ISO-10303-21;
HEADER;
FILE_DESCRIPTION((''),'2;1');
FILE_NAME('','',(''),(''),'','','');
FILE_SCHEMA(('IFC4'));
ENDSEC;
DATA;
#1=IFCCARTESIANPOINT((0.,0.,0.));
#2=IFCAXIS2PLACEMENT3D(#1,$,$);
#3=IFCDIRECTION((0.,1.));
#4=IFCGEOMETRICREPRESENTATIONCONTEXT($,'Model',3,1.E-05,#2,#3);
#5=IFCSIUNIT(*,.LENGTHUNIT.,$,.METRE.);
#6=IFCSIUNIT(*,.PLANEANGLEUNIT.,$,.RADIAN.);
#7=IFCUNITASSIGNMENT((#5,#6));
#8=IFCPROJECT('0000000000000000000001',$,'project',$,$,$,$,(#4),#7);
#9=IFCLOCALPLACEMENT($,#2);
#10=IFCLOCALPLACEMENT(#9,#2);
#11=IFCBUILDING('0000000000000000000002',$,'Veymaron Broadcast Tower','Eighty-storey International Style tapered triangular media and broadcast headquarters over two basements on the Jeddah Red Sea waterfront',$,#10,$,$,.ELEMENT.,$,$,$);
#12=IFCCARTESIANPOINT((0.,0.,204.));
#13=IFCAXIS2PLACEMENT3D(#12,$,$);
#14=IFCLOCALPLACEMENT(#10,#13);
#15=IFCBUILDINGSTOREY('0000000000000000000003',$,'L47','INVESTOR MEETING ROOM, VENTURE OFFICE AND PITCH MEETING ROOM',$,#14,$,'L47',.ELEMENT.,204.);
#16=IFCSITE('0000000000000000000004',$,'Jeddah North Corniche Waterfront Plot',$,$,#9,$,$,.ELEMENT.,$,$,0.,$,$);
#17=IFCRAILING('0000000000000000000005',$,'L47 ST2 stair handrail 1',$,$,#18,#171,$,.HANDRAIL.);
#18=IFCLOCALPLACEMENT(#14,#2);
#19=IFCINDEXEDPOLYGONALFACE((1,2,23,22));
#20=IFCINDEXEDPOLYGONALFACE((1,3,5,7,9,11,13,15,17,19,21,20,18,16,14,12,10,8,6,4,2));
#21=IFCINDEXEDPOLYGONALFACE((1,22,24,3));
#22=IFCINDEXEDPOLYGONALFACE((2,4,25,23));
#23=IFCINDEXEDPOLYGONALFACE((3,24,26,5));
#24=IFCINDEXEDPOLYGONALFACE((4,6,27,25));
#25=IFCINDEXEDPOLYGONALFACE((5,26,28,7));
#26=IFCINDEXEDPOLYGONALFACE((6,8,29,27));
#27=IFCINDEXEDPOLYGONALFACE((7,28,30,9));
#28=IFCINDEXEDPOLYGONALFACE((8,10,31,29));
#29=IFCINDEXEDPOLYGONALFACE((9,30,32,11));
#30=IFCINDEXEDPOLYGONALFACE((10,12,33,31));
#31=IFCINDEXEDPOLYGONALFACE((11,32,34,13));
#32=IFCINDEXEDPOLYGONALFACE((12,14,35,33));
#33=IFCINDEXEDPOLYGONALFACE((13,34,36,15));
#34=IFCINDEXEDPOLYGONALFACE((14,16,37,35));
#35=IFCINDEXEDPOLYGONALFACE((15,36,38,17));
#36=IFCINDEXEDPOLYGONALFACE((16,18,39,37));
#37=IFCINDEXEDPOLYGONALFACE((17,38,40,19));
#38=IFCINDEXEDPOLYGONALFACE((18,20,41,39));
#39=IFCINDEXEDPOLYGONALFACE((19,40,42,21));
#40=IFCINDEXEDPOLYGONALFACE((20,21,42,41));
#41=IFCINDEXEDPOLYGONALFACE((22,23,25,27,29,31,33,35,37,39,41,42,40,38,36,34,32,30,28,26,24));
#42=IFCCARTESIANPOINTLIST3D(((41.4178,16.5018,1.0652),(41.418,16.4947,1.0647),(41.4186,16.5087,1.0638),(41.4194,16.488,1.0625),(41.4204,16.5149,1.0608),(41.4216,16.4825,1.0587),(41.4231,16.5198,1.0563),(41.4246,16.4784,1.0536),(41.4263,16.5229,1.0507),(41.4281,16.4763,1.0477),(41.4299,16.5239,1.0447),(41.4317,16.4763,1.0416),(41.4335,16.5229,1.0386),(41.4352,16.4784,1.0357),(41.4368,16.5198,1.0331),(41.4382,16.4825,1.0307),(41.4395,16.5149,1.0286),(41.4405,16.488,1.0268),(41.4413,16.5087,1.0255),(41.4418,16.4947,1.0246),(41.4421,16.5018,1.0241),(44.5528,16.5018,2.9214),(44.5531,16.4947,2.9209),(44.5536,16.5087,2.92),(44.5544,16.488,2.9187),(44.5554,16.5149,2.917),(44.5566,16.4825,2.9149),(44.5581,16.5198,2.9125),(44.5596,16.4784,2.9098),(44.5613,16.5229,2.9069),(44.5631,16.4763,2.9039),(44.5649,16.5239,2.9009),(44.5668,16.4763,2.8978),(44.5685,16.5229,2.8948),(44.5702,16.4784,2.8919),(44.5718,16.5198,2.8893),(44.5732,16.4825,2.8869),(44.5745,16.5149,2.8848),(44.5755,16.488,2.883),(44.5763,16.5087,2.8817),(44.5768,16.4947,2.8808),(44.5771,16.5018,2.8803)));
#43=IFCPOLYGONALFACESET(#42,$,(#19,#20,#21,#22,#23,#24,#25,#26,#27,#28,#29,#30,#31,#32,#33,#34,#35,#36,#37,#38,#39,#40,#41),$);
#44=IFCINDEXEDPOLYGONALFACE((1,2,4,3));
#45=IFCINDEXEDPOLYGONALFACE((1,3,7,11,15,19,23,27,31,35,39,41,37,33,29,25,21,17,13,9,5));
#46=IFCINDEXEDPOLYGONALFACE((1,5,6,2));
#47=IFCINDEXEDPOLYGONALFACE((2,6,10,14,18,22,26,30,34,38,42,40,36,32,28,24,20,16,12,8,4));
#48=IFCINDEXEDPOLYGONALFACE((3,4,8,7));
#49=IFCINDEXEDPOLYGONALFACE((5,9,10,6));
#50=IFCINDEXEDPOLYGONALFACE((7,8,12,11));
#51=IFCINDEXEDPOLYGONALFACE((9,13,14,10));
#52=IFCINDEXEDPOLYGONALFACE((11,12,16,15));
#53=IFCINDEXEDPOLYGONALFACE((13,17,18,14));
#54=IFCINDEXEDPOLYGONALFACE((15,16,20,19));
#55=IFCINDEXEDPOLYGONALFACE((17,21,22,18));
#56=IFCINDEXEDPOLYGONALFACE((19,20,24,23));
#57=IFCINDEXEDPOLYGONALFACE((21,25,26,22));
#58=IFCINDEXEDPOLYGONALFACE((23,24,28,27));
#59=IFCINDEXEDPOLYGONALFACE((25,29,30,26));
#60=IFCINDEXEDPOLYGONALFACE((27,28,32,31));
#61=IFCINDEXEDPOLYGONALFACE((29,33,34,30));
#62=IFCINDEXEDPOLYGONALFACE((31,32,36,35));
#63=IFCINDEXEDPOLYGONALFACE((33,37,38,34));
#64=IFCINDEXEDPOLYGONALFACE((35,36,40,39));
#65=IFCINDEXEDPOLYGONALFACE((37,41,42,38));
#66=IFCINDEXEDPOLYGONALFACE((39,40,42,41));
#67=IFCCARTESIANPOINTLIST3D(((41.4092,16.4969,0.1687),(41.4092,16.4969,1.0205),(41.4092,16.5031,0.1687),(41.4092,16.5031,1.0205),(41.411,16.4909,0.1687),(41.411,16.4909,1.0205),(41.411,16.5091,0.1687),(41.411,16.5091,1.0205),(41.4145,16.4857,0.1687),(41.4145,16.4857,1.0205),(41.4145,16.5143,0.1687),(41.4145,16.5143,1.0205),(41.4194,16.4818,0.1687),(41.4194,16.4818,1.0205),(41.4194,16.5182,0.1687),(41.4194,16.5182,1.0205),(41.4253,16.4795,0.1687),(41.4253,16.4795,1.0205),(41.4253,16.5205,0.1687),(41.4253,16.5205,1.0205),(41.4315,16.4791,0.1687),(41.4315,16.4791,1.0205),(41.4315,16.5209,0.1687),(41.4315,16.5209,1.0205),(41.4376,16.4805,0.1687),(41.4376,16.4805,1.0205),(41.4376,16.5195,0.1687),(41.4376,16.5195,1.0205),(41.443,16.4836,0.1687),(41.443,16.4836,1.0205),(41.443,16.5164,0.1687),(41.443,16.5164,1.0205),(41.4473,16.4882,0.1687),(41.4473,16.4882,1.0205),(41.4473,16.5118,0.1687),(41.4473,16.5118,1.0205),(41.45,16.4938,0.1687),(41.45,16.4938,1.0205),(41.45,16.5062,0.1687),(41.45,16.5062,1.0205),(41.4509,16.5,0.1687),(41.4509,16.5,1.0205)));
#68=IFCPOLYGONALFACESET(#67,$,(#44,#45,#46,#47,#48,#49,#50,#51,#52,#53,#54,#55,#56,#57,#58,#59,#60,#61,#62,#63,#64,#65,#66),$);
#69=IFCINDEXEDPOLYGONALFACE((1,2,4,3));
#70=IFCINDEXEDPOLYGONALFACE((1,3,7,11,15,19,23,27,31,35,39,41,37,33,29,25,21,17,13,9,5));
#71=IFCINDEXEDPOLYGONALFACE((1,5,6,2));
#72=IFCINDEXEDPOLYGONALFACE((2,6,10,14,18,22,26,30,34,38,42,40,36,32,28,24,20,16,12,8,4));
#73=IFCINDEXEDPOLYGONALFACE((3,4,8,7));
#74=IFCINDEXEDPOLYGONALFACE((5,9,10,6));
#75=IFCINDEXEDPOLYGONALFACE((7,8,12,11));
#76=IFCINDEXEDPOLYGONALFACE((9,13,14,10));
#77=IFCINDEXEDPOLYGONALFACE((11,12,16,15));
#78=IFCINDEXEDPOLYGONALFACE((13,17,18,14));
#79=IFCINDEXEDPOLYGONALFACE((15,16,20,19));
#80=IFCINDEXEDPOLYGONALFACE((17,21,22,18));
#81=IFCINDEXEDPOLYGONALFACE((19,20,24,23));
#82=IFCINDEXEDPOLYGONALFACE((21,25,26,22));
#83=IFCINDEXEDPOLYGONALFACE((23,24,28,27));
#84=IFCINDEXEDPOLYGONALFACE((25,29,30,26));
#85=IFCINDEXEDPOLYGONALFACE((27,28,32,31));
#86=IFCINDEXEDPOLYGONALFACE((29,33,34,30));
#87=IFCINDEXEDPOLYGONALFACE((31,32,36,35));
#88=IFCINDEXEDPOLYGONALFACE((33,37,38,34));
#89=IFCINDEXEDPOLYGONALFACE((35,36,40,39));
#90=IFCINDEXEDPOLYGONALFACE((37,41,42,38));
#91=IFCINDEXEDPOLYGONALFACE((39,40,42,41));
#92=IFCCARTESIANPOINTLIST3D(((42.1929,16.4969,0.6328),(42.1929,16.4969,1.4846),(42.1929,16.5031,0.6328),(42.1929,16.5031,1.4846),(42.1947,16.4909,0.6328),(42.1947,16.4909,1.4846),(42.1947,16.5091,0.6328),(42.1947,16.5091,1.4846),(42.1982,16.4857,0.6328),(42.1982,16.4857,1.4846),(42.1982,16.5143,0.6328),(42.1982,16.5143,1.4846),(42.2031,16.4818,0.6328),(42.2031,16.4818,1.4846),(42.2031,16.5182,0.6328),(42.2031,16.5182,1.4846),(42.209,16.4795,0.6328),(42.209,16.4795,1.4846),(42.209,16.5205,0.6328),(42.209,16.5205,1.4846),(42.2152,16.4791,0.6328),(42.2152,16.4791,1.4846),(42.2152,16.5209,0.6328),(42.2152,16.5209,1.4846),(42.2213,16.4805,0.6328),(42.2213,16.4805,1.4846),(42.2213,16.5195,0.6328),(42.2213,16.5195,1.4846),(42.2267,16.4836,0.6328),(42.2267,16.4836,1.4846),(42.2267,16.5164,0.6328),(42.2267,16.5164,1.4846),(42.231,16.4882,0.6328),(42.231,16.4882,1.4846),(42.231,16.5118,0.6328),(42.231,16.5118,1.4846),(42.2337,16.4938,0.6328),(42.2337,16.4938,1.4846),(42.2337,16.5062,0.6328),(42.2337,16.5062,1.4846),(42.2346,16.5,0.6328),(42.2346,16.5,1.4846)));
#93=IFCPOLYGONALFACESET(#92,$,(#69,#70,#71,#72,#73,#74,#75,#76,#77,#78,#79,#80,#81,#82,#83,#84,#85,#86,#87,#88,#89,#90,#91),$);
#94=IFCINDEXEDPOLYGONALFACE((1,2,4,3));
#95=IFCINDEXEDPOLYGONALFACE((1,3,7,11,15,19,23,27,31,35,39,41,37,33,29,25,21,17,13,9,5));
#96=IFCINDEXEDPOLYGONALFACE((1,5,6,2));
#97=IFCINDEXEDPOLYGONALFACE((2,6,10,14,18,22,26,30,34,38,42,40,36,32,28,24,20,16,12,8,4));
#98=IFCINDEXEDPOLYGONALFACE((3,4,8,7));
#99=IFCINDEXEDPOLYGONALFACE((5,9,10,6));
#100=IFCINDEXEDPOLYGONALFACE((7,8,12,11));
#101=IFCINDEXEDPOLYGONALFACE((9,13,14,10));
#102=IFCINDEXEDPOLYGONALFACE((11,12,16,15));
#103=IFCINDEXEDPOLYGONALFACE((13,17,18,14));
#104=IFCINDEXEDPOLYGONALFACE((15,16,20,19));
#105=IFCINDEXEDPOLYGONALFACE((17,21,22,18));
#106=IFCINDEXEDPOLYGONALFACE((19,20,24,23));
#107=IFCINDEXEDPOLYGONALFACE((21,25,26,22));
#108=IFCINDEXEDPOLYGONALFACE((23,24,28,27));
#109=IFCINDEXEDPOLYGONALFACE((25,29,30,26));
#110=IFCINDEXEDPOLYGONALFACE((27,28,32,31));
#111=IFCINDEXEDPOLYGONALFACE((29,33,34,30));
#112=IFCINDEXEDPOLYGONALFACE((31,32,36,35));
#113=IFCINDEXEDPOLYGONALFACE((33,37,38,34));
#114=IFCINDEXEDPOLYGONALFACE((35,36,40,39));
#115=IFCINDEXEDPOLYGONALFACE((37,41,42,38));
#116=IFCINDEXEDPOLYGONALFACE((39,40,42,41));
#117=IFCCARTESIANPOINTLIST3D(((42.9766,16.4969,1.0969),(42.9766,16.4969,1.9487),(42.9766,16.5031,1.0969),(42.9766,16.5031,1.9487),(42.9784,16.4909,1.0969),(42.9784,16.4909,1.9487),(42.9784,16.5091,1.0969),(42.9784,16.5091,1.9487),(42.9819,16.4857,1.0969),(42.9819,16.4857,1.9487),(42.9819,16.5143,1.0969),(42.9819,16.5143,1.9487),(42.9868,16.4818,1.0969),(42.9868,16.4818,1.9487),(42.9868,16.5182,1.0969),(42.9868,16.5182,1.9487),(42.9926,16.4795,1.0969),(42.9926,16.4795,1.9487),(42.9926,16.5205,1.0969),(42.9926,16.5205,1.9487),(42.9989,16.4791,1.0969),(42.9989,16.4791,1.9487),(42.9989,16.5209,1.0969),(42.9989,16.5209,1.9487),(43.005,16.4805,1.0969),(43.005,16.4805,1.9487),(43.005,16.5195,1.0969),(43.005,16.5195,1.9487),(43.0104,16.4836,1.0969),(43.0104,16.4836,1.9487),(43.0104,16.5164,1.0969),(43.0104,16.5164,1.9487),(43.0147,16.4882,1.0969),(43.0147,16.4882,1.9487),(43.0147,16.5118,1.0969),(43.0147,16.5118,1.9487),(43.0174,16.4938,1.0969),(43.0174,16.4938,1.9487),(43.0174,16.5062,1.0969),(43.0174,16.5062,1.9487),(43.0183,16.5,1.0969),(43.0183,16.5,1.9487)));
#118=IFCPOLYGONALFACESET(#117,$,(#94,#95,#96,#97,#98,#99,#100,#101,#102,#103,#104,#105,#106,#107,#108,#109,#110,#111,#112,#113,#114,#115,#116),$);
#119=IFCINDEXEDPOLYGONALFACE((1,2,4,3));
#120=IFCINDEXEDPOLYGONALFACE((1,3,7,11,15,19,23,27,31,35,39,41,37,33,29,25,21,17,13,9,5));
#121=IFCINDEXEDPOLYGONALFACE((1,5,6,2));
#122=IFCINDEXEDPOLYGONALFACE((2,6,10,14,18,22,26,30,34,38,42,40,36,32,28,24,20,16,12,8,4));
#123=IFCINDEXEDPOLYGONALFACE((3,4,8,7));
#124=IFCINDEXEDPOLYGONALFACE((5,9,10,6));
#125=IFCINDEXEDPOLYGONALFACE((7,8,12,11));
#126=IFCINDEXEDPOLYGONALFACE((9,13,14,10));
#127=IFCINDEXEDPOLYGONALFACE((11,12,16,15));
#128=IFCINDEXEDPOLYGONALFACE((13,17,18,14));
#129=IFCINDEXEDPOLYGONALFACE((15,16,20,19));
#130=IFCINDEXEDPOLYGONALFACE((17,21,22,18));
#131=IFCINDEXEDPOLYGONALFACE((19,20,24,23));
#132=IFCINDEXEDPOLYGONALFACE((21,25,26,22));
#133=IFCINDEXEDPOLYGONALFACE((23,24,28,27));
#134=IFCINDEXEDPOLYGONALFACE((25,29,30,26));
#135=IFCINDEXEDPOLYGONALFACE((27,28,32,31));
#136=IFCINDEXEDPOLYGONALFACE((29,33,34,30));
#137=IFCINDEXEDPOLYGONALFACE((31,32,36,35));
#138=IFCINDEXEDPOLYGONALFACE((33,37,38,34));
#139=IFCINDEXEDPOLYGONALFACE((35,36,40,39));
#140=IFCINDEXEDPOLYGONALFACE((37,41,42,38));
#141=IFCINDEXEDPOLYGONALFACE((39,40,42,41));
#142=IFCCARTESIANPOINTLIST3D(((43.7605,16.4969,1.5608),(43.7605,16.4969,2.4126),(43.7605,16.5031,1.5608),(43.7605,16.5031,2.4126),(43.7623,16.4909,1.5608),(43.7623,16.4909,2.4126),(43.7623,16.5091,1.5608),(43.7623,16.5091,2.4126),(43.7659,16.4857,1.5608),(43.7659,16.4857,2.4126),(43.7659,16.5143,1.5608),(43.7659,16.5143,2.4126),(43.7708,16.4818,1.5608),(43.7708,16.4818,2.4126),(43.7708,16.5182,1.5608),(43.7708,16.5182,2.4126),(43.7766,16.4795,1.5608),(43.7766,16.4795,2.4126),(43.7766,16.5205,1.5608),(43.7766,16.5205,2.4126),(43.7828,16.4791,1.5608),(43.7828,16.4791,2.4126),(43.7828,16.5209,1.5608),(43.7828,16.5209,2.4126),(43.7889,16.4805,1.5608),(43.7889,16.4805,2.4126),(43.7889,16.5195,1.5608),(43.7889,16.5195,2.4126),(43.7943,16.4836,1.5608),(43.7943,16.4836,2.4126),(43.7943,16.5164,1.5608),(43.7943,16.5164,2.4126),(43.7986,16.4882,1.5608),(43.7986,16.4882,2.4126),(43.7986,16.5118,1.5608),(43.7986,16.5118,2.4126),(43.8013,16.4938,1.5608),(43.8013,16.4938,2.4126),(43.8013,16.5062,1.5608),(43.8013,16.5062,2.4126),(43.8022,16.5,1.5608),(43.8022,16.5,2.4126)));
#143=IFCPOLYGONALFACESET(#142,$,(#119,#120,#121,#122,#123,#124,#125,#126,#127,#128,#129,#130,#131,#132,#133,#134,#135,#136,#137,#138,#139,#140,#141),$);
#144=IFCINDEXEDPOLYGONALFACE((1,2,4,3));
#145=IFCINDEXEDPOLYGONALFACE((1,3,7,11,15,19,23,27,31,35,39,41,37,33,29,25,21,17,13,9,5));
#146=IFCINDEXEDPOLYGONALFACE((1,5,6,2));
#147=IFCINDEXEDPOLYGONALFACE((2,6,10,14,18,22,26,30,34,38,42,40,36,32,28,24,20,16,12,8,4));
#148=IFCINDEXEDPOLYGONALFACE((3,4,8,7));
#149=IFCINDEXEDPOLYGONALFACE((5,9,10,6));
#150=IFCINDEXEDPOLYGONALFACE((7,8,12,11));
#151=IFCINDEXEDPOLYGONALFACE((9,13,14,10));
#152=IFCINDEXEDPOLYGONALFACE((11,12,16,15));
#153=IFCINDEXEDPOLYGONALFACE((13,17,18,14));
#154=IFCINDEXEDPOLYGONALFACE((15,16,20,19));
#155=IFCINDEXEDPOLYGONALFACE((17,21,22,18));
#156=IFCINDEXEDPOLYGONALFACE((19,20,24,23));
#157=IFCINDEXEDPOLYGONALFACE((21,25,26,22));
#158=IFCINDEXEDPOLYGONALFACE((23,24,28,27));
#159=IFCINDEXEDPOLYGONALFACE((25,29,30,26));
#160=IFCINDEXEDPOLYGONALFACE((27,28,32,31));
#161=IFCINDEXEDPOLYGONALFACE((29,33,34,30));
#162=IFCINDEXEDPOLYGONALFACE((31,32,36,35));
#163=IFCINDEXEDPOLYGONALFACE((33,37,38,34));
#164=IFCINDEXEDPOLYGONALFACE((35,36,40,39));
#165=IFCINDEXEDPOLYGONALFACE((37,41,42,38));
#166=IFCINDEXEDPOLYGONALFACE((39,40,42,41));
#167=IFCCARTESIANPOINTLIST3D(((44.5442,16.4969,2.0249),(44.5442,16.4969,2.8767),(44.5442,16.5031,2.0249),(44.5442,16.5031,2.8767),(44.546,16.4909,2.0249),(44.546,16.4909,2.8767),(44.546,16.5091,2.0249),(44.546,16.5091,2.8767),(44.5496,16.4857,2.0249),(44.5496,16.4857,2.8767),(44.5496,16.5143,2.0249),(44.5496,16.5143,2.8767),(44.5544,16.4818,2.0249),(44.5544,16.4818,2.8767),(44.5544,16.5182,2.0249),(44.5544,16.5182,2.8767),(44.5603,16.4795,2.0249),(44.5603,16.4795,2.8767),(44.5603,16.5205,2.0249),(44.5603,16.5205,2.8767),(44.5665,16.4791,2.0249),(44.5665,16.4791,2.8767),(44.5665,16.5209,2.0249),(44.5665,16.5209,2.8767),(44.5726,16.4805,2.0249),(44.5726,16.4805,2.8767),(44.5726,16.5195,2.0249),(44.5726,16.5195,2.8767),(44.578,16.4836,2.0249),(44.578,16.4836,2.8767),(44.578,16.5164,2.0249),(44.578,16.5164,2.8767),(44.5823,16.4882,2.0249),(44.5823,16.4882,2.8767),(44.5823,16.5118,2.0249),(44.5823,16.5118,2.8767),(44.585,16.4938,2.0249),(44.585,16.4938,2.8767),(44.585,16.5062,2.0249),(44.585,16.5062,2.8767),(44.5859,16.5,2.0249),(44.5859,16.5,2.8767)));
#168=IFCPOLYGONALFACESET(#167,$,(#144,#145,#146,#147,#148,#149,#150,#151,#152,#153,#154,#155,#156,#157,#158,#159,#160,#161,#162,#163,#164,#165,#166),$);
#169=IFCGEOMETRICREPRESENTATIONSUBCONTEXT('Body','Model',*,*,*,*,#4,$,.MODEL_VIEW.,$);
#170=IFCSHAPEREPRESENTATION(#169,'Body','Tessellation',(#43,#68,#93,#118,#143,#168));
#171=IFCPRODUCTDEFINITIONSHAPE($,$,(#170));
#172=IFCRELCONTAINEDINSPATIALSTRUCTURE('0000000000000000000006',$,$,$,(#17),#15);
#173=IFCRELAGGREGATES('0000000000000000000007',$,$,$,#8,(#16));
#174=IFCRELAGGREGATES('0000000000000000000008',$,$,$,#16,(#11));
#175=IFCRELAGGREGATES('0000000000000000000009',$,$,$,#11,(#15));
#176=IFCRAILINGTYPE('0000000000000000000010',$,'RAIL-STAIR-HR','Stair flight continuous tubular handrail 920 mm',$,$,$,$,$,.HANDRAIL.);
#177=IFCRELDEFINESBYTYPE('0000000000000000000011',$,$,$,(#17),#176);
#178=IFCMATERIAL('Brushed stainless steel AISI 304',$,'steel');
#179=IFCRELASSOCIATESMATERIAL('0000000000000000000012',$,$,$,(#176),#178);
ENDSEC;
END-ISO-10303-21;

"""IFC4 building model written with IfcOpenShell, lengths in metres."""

from ifc_helpers import new_model, si_unit, direction, frame, origin, origin_2d, place, context, subcontext, project, spatial, circle, extrude, material, type_object, element, save


model = new_model("IFC4")

# Units and contexts
model_context = context("Model", 3, precision=1e-05, world=origin(), true_north=direction((0.0, 1.0)))
body_context = subcontext(model_context, "Body", "Model", "MODEL_VIEW")
ifc_project = project(units=[si_unit("LENGTHUNIT", "METRE"), si_unit("PLANEANGLEUNIT", "RADIAN")], contexts=[model_context])

# Site, building, storey
site_placement = place(None, origin())
site = spatial("IfcSite", under=ifc_project, at=site_placement, Name="Jeddah North Corniche Waterfront Plot", CompositionType="ELEMENT", RefElevation=0.0)
building_placement = place(site_placement, origin())
building = spatial("IfcBuilding", under=site, at=building_placement, Name="Veymaron Broadcast Tower", Description="Eighty-storey International Style tapered triangular media and broadcast headquarters over two basements on the Jeddah Red Sea waterfront", CompositionType="ELEMENT")
storey_placement = place(building_placement, frame((0.0, 0.0, 204.0)))
storey = spatial("IfcBuildingStorey", under=building, at=storey_placement, Name="L47", Description="INVESTOR MEETING ROOM, VENTURE OFFICE AND PITCH MEETING ROOM", LongName="L47", CompositionType="ELEMENT", Elevation=204.0)

# Shared definitions
ifc_material_1 = material(Name="Brushed stainless steel AISI 304", Category="steel")

# Railing
railing_type_1 = type_object("IfcRailingType", Name="RAIL-STAIR-HR", Description="Stair flight continuous tubular handrail 920 mm", PredefinedType="HANDRAIL", material=ifc_material_1)
railing_1_placement = place(storey_placement, frame((41.4299, 16.5, 0.1687)))
element("IfcRailing", 1, at=railing_1_placement, inside=storey, type_object=railing_type_1, Name="L47 ST2 stair handrail 1", PredefinedType="HANDRAIL", context=body_context, shape_type="SweptSolid", body=[
    extrude(circle(Radius=0.0239, at=origin_2d()), frame((0.0, 0.0, 0.876), z_axis=(0.860482, 0.0, 0.509481), x_axis=(0.0, 1.0, 0.0)), (0.0, 0.0, 1.0), 3.6433),
    extrude(circle(Radius=0.021, at=origin_2d()), origin(), (0.0, 0.0, 1.0), 0.8518),
    extrude(circle(Radius=0.021, at=origin_2d()), frame((0.7837, 0.0, 0.4641)), (0.0, 0.0, 1.0), 0.8518),
    extrude(circle(Radius=0.021, at=origin_2d()), frame((1.5674, 0.0, 0.9282)), (0.0, 0.0, 1.0), 0.8518),
    extrude(circle(Radius=0.021, at=origin_2d()), frame((2.3513, 0.0, 1.3921)), (0.0, 0.0, 1.0), 0.8518),
    extrude(circle(Radius=0.021, at=origin_2d()), frame((3.135, 0.0, 1.8562)), (0.0, 0.0, 1.0), 0.8518),
])

save(model, "model.ifc")
